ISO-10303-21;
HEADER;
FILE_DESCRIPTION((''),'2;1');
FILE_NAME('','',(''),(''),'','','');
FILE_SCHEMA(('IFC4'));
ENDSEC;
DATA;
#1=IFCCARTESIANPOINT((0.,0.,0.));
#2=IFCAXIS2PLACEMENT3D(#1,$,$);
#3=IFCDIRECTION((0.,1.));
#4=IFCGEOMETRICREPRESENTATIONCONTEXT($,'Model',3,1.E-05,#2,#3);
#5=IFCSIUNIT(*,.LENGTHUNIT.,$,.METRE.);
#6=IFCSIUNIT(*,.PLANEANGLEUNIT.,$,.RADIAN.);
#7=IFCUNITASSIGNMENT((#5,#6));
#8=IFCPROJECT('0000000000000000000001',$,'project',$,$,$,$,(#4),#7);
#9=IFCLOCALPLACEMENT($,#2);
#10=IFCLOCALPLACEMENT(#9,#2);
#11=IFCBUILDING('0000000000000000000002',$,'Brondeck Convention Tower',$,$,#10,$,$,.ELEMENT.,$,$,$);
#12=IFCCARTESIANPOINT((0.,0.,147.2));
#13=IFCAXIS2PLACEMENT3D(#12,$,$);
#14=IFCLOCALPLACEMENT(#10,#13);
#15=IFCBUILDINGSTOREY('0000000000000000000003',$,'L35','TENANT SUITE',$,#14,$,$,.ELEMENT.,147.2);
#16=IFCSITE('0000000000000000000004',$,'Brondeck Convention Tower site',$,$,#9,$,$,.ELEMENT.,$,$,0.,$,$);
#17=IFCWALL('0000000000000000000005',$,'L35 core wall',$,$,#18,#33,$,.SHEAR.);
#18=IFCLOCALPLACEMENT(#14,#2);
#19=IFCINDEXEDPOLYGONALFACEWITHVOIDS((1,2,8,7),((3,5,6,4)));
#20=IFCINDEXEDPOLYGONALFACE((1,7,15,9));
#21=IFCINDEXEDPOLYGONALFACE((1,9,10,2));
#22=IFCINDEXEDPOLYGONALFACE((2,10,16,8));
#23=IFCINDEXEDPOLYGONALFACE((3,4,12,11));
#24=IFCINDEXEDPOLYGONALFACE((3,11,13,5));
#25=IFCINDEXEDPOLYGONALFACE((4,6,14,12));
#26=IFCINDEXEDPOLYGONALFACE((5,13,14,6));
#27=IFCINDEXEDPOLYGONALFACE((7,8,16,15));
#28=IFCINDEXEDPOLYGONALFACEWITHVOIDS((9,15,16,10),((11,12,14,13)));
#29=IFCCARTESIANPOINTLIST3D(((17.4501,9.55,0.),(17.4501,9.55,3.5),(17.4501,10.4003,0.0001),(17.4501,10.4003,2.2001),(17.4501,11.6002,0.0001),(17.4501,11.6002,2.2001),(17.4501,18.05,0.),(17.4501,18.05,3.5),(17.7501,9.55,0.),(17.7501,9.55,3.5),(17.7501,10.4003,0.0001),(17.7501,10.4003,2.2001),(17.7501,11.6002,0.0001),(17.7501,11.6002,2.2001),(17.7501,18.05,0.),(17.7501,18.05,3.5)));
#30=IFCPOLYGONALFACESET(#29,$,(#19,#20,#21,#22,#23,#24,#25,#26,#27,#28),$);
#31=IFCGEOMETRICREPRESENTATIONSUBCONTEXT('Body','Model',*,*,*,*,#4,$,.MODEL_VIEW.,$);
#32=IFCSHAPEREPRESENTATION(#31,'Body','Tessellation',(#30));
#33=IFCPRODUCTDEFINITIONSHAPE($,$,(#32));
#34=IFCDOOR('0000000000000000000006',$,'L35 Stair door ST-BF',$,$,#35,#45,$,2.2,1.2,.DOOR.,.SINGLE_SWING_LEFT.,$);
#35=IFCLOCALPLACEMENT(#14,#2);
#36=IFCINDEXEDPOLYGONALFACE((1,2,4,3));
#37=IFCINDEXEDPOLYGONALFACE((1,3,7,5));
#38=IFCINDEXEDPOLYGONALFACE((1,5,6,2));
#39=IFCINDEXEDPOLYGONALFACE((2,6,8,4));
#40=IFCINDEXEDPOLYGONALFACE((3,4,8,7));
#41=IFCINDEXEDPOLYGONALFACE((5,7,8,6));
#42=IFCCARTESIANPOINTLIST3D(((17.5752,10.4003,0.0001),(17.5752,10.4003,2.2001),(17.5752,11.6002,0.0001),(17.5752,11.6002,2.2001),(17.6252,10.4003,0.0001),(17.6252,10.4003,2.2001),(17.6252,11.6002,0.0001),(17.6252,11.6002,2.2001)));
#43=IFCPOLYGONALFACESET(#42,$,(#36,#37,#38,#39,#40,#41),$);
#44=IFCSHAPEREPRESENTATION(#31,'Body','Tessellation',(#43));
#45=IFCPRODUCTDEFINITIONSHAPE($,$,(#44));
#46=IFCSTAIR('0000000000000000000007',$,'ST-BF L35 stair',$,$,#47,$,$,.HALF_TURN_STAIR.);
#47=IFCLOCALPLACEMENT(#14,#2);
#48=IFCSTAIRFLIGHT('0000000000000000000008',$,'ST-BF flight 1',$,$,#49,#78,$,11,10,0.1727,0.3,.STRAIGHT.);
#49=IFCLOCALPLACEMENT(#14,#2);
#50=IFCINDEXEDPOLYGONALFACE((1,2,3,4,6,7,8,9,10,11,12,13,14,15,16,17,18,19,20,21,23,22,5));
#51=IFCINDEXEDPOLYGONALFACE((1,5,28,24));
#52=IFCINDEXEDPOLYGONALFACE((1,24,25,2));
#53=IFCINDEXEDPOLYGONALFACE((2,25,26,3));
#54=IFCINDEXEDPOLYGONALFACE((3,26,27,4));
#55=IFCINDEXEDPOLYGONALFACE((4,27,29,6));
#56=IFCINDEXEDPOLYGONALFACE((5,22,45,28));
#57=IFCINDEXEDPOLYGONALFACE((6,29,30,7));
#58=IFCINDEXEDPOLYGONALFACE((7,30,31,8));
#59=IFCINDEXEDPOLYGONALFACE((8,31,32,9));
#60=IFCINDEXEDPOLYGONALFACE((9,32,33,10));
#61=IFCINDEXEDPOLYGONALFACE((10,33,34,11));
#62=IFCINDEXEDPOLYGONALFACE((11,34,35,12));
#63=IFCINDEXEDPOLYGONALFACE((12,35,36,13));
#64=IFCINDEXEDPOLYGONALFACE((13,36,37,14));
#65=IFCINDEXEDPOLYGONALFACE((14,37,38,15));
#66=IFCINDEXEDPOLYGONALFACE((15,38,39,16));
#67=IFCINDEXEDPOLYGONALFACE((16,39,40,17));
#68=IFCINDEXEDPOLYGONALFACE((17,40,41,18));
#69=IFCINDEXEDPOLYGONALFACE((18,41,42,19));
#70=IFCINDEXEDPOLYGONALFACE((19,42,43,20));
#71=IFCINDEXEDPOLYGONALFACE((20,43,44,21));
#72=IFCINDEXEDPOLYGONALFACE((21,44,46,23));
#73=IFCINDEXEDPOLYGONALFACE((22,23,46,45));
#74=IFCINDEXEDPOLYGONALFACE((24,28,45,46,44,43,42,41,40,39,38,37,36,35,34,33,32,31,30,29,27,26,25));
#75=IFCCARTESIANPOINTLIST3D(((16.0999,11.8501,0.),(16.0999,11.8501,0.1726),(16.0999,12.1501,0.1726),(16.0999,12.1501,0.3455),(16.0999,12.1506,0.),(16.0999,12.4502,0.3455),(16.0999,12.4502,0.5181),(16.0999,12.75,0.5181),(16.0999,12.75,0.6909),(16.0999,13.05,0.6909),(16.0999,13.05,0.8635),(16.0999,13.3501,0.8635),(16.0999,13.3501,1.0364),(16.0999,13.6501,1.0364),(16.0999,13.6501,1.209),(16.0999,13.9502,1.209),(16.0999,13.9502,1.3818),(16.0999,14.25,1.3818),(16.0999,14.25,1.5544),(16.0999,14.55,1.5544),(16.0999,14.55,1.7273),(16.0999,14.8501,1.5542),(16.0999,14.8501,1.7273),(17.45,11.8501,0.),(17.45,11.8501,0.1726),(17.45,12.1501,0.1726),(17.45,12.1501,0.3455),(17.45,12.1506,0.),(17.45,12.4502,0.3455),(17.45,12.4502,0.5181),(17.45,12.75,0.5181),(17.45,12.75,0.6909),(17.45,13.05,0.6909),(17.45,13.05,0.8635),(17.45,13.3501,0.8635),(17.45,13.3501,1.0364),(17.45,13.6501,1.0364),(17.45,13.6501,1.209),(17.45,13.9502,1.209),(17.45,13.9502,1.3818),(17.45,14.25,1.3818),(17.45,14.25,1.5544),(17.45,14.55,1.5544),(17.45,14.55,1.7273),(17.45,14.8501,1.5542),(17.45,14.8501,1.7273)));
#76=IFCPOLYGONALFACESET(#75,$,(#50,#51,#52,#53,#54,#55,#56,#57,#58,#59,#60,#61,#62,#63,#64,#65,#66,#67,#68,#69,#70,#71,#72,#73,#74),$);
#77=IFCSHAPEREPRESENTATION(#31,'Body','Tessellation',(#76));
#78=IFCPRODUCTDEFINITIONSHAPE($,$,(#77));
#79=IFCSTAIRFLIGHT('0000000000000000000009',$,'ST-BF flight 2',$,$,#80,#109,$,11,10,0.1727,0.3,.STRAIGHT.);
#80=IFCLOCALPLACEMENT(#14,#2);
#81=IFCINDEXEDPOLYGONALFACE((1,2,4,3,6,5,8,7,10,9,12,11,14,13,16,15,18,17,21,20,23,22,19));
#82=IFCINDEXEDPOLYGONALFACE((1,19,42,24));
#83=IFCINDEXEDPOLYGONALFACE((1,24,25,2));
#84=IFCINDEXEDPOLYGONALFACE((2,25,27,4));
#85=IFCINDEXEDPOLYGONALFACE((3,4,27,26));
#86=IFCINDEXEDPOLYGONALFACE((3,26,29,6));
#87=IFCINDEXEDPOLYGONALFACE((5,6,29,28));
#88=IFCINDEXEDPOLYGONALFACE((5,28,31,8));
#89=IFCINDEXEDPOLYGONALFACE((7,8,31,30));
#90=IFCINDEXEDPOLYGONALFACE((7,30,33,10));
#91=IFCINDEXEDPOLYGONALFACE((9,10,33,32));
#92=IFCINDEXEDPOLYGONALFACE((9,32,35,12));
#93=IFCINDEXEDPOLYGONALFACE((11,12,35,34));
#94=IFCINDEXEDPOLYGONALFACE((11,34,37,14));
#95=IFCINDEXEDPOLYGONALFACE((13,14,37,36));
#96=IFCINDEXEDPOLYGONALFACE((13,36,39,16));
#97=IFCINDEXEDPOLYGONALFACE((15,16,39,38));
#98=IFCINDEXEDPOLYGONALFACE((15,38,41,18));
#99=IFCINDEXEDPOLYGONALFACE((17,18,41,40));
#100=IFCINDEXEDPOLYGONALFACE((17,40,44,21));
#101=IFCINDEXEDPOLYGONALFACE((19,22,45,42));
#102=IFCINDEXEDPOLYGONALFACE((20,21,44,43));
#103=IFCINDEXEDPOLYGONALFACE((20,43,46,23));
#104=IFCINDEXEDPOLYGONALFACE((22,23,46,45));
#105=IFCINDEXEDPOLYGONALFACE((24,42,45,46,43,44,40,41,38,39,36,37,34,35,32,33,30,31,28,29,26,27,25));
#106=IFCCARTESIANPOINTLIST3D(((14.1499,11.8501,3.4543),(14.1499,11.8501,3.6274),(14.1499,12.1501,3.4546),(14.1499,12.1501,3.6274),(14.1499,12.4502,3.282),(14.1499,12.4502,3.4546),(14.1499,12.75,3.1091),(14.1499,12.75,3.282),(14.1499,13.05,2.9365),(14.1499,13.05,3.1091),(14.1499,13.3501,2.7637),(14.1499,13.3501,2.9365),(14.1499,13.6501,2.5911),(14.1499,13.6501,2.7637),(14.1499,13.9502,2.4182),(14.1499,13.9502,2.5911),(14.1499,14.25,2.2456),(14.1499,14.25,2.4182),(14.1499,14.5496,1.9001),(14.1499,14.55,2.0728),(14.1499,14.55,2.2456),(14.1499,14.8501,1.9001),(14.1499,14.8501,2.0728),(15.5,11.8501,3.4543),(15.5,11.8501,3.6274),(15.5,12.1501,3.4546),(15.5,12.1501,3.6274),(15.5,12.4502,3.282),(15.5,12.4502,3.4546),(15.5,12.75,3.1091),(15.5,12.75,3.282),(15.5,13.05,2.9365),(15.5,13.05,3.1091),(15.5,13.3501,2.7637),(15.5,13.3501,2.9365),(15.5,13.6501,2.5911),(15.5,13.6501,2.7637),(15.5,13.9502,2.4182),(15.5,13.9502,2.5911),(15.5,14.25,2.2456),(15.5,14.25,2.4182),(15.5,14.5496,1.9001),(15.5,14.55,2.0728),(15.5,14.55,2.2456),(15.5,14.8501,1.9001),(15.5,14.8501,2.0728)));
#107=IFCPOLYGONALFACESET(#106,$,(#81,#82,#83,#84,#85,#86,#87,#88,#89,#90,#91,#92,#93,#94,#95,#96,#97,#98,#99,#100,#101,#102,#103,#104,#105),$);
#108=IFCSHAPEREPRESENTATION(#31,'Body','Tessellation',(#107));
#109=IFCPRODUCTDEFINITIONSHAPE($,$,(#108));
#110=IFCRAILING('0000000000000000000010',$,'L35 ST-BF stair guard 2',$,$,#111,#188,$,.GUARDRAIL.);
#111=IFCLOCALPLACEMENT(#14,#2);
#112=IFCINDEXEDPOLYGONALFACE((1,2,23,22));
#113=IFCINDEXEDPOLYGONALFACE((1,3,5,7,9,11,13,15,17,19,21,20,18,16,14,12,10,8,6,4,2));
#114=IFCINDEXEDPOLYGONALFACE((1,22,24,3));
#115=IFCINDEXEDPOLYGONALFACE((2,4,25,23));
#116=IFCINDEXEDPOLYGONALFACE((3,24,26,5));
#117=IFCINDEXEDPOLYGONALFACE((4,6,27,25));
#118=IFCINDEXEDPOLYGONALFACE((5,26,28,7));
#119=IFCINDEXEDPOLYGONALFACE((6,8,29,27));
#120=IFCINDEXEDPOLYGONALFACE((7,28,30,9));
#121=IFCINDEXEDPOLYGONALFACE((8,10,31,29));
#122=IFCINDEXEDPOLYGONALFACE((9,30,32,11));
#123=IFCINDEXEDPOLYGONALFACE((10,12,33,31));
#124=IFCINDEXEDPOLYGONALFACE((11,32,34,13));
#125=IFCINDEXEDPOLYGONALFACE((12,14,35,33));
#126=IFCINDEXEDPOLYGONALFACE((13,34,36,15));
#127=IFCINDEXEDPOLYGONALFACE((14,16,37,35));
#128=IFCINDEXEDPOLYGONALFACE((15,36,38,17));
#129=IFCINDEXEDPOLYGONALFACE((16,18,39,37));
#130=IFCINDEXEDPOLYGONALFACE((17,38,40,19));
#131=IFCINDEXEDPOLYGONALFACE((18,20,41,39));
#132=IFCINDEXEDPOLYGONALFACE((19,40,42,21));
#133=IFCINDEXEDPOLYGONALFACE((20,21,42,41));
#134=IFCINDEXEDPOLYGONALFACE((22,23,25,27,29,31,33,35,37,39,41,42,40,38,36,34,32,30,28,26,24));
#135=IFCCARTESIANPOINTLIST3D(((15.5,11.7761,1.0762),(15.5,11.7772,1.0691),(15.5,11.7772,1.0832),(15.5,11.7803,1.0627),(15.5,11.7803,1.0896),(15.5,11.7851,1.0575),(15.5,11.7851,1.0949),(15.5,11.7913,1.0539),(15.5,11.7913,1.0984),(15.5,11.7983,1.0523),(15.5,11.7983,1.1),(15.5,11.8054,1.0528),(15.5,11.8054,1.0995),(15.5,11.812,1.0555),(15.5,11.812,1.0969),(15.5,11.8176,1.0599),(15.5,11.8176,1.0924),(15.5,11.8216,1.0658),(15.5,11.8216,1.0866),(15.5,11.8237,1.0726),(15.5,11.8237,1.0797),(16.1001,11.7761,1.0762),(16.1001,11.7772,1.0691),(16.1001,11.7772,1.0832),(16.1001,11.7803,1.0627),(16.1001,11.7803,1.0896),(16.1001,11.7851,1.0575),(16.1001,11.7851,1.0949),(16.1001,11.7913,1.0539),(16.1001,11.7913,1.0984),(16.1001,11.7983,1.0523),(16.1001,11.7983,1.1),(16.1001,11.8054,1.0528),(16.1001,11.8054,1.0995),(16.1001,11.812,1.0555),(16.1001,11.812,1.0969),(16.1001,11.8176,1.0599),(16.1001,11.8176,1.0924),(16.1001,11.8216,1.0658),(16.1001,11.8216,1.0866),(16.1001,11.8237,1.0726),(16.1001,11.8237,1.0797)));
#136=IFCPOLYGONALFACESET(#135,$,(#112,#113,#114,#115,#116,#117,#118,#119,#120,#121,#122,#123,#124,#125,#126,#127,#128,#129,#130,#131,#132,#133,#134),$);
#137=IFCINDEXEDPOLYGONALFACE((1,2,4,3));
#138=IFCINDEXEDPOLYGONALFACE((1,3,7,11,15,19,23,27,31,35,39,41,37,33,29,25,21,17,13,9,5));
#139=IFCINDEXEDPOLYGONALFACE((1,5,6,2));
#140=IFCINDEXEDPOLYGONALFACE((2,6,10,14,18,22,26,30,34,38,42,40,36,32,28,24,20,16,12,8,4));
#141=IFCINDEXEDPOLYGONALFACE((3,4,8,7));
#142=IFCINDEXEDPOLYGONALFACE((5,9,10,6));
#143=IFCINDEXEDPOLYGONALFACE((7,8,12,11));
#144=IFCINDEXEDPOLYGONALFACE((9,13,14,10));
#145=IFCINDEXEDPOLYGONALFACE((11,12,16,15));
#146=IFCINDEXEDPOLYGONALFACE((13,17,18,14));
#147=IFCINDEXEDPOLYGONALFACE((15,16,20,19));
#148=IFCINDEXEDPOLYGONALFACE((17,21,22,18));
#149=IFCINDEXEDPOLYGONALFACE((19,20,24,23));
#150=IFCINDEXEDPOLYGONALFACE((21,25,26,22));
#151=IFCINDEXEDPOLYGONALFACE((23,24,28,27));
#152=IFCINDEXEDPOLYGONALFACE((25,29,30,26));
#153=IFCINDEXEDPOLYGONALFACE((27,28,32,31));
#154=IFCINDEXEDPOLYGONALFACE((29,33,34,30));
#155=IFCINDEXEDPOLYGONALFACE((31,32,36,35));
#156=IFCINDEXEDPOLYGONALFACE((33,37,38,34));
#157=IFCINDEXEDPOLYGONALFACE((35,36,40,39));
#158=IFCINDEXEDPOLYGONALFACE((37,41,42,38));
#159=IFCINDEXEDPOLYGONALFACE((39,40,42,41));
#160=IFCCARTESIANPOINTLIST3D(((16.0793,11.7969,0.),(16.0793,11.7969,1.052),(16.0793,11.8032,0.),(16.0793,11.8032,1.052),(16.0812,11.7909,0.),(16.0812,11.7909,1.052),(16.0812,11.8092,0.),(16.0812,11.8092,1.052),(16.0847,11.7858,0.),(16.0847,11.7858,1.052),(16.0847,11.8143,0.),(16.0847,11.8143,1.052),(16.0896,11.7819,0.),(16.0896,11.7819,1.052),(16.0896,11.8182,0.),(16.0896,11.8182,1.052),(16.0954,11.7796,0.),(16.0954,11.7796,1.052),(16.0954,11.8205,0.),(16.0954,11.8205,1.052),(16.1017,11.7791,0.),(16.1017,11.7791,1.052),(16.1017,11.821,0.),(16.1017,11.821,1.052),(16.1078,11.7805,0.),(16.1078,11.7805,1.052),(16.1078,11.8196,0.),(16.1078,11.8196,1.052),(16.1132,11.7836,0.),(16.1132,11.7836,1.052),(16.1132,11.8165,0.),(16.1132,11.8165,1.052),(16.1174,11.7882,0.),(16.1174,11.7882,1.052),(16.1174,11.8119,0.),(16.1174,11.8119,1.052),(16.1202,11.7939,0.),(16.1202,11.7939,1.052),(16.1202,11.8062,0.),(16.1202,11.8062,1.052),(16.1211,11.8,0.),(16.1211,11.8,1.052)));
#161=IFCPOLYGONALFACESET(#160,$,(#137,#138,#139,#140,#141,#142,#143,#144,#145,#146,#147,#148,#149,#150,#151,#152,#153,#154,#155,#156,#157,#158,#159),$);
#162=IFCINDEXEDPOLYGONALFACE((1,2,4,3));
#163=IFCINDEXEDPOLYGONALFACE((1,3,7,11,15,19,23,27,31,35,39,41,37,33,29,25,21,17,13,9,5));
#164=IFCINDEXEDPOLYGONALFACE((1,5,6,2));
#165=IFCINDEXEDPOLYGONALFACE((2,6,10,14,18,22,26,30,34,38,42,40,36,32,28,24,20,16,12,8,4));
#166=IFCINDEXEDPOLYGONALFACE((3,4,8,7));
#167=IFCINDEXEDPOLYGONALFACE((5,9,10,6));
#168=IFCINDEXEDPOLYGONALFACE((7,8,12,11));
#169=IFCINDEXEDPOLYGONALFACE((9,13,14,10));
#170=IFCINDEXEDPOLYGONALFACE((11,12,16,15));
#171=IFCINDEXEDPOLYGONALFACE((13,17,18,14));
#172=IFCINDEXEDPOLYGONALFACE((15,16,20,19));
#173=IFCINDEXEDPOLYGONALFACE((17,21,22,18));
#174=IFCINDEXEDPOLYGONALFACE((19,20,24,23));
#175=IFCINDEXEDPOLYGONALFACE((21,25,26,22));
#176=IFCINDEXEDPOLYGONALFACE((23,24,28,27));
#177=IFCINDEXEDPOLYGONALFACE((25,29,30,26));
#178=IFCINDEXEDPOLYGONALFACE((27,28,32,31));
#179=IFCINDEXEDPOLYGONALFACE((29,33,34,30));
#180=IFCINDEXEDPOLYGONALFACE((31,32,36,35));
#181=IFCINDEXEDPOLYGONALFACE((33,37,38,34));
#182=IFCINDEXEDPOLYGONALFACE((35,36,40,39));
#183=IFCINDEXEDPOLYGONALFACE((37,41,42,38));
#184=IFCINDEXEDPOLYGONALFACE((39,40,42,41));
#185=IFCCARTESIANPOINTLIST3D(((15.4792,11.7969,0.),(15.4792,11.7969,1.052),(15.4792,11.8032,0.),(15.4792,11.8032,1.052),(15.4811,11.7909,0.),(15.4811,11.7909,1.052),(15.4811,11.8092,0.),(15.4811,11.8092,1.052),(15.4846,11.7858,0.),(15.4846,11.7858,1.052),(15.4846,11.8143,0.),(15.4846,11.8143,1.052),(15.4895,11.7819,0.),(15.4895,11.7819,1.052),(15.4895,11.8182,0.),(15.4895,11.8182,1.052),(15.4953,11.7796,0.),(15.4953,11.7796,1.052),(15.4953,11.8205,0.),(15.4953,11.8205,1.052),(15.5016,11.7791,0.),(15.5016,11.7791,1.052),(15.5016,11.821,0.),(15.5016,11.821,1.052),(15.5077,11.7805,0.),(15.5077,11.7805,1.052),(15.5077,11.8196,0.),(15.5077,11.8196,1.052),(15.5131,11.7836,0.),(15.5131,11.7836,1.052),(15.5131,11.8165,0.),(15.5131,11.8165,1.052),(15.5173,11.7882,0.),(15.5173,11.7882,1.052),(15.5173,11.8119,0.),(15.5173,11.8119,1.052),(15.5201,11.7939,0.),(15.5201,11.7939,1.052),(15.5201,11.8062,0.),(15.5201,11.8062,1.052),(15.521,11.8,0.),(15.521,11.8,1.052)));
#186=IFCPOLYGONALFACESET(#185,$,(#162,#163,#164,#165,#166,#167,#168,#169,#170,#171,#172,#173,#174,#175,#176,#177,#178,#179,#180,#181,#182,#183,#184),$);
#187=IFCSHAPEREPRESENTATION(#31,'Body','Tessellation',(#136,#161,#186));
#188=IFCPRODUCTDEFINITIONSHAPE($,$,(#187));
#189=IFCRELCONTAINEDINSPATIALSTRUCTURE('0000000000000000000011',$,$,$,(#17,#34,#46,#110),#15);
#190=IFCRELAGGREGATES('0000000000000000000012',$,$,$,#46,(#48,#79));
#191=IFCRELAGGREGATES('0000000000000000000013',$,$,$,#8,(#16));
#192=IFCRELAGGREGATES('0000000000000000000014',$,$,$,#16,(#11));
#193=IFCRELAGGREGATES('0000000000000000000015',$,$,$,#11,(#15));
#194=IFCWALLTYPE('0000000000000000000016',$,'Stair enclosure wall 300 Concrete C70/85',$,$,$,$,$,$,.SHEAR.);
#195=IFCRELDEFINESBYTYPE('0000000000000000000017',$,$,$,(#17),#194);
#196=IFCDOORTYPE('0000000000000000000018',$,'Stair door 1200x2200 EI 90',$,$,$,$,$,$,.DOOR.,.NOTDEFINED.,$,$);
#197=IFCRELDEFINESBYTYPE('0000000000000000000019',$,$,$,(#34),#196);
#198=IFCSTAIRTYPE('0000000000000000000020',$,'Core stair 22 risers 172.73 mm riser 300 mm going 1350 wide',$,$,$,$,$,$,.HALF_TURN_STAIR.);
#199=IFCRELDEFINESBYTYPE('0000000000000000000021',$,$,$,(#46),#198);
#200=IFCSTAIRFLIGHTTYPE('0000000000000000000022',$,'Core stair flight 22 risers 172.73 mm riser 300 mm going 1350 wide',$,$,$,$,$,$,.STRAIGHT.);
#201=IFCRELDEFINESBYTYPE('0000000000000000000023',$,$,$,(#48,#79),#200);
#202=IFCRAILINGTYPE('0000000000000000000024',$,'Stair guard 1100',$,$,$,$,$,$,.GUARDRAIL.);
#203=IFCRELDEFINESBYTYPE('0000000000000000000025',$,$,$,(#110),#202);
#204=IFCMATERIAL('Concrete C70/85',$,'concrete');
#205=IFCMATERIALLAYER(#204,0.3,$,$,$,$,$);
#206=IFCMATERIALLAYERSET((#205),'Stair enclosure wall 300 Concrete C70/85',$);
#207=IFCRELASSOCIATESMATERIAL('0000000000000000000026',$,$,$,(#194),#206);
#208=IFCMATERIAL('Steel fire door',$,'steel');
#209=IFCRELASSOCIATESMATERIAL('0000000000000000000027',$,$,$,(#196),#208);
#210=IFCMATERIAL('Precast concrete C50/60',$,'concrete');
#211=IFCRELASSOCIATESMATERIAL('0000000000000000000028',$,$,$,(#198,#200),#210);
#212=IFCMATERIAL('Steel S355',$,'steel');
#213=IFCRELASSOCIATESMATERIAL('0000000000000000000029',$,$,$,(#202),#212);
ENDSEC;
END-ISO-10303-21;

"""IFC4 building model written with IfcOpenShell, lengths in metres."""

from ifc_helpers import new_model, si_unit, direction, frame, frame_2d, origin, origin_2d, place, context, subcontext, project, spatial, polyline, rectangle, circle, outline, extrude, material, layer, layer_set, type_object, element, fill, aggregate, save


model = new_model("IFC4")

# Units and contexts
model_context = context("Model", 3, precision=1e-05, world=origin(), true_north=direction((0.0, 1.0)))
body_context = subcontext(model_context, "Body", "Model", "MODEL_VIEW")
ifc_project = project(units=[si_unit("LENGTHUNIT", "METRE"), si_unit("PLANEANGLEUNIT", "RADIAN")], contexts=[model_context])

# Site, building, storey
site_placement = place(None, origin())
site = spatial("IfcSite", under=ifc_project, at=site_placement, Name="Brondeck Convention Tower site", CompositionType="ELEMENT", RefElevation=0.0)
building_placement = place(site_placement, origin())
building = spatial("IfcBuilding", under=site, at=building_placement, Name="Brondeck Convention Tower", CompositionType="ELEMENT")
storey_placement = place(building_placement, frame((0.0, 0.0, 147.2)))
storey = spatial("IfcBuildingStorey", under=building, at=storey_placement, Name="L35", Description="TENANT SUITE", CompositionType="ELEMENT", Elevation=147.2)

# Shared definitions
ifc_material_1 = material(Name="Concrete C70/85", Category="concrete")

# Shared definitions
ifc_material_2 = material(Name="Steel S355", Category="steel")

# Shared definitions
ifc_layer_1 = layer(ifc_material_1, 0.3)
ifc_layer_set_1 = layer_set([ifc_layer_1], Name="Stair enclosure wall 300 Concrete C70/85")
wall_type_1 = type_object("IfcWallType", Name="Stair enclosure wall 300 Concrete C70/85", PredefinedType="SHEAR", material=ifc_layer_set_1)

# Wall, opening, door
wall_1_placement = place(storey_placement, frame((17.6001, 9.55, 0.0), z_axis=(0.0, 0.0, 1.0), x_axis=(0.0, 1.0, 0.0)))
wall_1 = element("IfcWall", 1, at=wall_1_placement, inside=storey, type_object=wall_type_1, Name="L35 core wall", PredefinedType="SHEAR", context=body_context, shape_type="SweptSolid", body=[
    extrude(rectangle(XDim=8.5, YDim=0.3, at=frame_2d((4.25, 0.0))), origin(), (0.0, 0.0, 1.0), 3.5),
])
opening_1_placement = place(wall_1_placement, frame((0.8501, 0.0, 0.0)))
opening_1 = element("IfcOpeningElement", 2, at=opening_1_placement, cuts=wall_1, PredefinedType="OPENING", context=body_context, shape_type="SweptSolid", body=[
    extrude(rectangle(XDim=1.2, YDim=2.2, at=frame_2d((0.6001, 1.1001))), frame((0.0, 0.1599, 0.0), z_axis=(0.0, -1.0, 0.0), x_axis=(1.0, 0.0, 0.0)), (0.0, 0.0, 1.0), 0.3201),
])
ifc_material_3 = material(Name="Steel fire door", Category="steel")
door_type_1 = type_object("IfcDoorType", Name="Stair door 1200x2200 EI 90", OperationType="NOTDEFINED", PredefinedType="DOOR", material=ifc_material_3)
door_1_placement = place(opening_1_placement, origin())
door_1 = element("IfcDoor", 3, at=door_1_placement, inside=storey, type_object=door_type_1, Name="L35 Stair door ST-BF", OperationType="SINGLE_SWING_LEFT", OverallHeight=2.2, OverallWidth=1.2, PredefinedType="DOOR", context=body_context, shape_type="SweptSolid", body=[
    extrude(rectangle(XDim=1.2, YDim=2.2, at=frame_2d((0.6001, 1.1001))), frame((0.0, 0.0249, 0.0), z_axis=(0.0, -1.0, 0.0), x_axis=(1.0, 0.0, 0.0)), (0.0, 0.0, 1.0), 0.05),
])
fill(opening_1, door_1)

# Stair, stair flights
ifc_material_4 = material(Name="Precast concrete C50/60", Category="concrete")
stair_type = type_object("IfcStairType", Name="Core stair 22 risers 172.73 mm riser 300 mm going 1350 wide", PredefinedType="HALF_TURN_STAIR", material=ifc_material_4)
stair_placement = place(storey_placement, origin())
stair = element("IfcStair", 4, at=stair_placement, inside=storey, type_object=stair_type, Name="ST-BF L35 stair", PredefinedType="HALF_TURN_STAIR")
stair_flight_type = type_object("IfcStairFlightType", Name="Core stair flight 22 risers 172.73 mm riser 300 mm going 1350 wide", PredefinedType="STRAIGHT", material=ifc_material_4)
stair_flight_1_placement = place(storey_placement, frame((16.7749, 11.8501, 0.0), z_axis=(0.0, 0.0, 1.0), x_axis=(0.0, 1.0, 0.0)))
stair_flight_1 = element("IfcStairFlight", 5, at=stair_flight_1_placement, type_object=stair_flight_type, Name="ST-BF flight 1", NumberOfRisers=11, NumberOfTreads=10, PredefinedType="STRAIGHT", RiserHeight=0.1727, TreadLength=0.3, context=body_context, shape_type="SweptSolid", body=[
    extrude(outline(polyline([(0.0, 0.0), (0.0, 0.1726), (0.3, 0.1726), (0.3, 0.3455), (0.6001, 0.3455), (0.6001, 0.5181), (0.8999, 0.5181), (0.8999, 0.6909), (1.2, 0.6909), (1.2, 0.8635), (1.5, 0.8635), (1.5, 1.0364), (1.8, 1.0364), (1.8, 1.209), (2.1001, 1.209), (2.1001, 1.3818), (2.3999, 1.3818), (2.3999, 1.5544), (2.7, 1.5544), (2.7, 1.7273), (3.0, 1.7273), (3.0, 1.8999), (3.0, 1.5542), (0.3005, 0.0), (0.0, 0.0)])), frame((0.0, 0.675, 0.0), z_axis=(0.0, -1.0, 0.0), x_axis=(1.0, 0.0, 0.0)), (0.0, 0.0, 1.0), 1.3501),
])
stair_flight_2_placement = place(storey_placement, frame((14.825, 14.8501, 1.9001), z_axis=(0.0, 0.0, 1.0), x_axis=(0.0, -1.0, 0.0)))
stair_flight_2 = element("IfcStairFlight", 6, at=stair_flight_2_placement, type_object=stair_flight_type, Name="ST-BF flight 2", NumberOfRisers=11, NumberOfTreads=10, PredefinedType="STRAIGHT", RiserHeight=0.1727, TreadLength=0.3, context=body_context, shape_type="SweptSolid", body=[
    extrude(outline(polyline([(0.0, 0.0), (0.0, 0.1726), (0.3, 0.1726), (0.3, 0.3455), (0.6001, 0.3455), (0.6001, 0.5181), (0.8999, 0.5181), (0.8999, 0.6909), (1.2, 0.6909), (1.2, 0.8635), (1.5, 0.8635), (1.5, 1.0364), (1.8, 1.0364), (1.8, 1.209), (2.1001, 1.209), (2.1001, 1.3818), (2.3999, 1.3818), (2.3999, 1.5544), (2.7, 1.5544), (2.7, 1.7273), (3.0, 1.7273), (3.0, 1.8999), (3.0, 1.5542), (0.3005, 0.0), (0.0, 0.0)])), frame((0.0, 0.675, 0.0), z_axis=(0.0, -1.0, 0.0), x_axis=(1.0, 0.0, 0.0)), (0.0, 0.0, 1.0), 1.3501),
])
aggregate(stair, [stair_flight_1, stair_flight_2])

# Railing
railing_type_1 = type_object("IfcRailingType", Name="Stair guard 1100", PredefinedType="GUARDRAIL", material=ifc_material_2)
railing_1_placement = place(storey_placement, frame((16.1001, 11.8, 0.0)))
element("IfcRailing", 7, at=railing_1_placement, inside=storey, type_object=railing_type_1, Name="L35 ST-BF stair guard 2", PredefinedType="GUARDRAIL", context=body_context, shape_type="SweptSolid", body=[
    extrude(circle(Radius=0.0239, at=origin_2d()), frame((0.0, 0.0, 1.0762), z_axis=(-1.0, 0.0, 0.0), x_axis=(0.0, -1.0, 0.0)), (0.0, 0.0, 1.0), 0.6001),
    extrude(circle(Radius=0.021, at=origin_2d()), origin(), (0.0, 0.0, 1.0), 1.052),
    extrude(circle(Radius=0.021, at=origin_2d()), frame((-0.6001, 0.0, 0.0)), (0.0, 0.0, 1.0), 1.052),
])

save(model, "model.ifc")
